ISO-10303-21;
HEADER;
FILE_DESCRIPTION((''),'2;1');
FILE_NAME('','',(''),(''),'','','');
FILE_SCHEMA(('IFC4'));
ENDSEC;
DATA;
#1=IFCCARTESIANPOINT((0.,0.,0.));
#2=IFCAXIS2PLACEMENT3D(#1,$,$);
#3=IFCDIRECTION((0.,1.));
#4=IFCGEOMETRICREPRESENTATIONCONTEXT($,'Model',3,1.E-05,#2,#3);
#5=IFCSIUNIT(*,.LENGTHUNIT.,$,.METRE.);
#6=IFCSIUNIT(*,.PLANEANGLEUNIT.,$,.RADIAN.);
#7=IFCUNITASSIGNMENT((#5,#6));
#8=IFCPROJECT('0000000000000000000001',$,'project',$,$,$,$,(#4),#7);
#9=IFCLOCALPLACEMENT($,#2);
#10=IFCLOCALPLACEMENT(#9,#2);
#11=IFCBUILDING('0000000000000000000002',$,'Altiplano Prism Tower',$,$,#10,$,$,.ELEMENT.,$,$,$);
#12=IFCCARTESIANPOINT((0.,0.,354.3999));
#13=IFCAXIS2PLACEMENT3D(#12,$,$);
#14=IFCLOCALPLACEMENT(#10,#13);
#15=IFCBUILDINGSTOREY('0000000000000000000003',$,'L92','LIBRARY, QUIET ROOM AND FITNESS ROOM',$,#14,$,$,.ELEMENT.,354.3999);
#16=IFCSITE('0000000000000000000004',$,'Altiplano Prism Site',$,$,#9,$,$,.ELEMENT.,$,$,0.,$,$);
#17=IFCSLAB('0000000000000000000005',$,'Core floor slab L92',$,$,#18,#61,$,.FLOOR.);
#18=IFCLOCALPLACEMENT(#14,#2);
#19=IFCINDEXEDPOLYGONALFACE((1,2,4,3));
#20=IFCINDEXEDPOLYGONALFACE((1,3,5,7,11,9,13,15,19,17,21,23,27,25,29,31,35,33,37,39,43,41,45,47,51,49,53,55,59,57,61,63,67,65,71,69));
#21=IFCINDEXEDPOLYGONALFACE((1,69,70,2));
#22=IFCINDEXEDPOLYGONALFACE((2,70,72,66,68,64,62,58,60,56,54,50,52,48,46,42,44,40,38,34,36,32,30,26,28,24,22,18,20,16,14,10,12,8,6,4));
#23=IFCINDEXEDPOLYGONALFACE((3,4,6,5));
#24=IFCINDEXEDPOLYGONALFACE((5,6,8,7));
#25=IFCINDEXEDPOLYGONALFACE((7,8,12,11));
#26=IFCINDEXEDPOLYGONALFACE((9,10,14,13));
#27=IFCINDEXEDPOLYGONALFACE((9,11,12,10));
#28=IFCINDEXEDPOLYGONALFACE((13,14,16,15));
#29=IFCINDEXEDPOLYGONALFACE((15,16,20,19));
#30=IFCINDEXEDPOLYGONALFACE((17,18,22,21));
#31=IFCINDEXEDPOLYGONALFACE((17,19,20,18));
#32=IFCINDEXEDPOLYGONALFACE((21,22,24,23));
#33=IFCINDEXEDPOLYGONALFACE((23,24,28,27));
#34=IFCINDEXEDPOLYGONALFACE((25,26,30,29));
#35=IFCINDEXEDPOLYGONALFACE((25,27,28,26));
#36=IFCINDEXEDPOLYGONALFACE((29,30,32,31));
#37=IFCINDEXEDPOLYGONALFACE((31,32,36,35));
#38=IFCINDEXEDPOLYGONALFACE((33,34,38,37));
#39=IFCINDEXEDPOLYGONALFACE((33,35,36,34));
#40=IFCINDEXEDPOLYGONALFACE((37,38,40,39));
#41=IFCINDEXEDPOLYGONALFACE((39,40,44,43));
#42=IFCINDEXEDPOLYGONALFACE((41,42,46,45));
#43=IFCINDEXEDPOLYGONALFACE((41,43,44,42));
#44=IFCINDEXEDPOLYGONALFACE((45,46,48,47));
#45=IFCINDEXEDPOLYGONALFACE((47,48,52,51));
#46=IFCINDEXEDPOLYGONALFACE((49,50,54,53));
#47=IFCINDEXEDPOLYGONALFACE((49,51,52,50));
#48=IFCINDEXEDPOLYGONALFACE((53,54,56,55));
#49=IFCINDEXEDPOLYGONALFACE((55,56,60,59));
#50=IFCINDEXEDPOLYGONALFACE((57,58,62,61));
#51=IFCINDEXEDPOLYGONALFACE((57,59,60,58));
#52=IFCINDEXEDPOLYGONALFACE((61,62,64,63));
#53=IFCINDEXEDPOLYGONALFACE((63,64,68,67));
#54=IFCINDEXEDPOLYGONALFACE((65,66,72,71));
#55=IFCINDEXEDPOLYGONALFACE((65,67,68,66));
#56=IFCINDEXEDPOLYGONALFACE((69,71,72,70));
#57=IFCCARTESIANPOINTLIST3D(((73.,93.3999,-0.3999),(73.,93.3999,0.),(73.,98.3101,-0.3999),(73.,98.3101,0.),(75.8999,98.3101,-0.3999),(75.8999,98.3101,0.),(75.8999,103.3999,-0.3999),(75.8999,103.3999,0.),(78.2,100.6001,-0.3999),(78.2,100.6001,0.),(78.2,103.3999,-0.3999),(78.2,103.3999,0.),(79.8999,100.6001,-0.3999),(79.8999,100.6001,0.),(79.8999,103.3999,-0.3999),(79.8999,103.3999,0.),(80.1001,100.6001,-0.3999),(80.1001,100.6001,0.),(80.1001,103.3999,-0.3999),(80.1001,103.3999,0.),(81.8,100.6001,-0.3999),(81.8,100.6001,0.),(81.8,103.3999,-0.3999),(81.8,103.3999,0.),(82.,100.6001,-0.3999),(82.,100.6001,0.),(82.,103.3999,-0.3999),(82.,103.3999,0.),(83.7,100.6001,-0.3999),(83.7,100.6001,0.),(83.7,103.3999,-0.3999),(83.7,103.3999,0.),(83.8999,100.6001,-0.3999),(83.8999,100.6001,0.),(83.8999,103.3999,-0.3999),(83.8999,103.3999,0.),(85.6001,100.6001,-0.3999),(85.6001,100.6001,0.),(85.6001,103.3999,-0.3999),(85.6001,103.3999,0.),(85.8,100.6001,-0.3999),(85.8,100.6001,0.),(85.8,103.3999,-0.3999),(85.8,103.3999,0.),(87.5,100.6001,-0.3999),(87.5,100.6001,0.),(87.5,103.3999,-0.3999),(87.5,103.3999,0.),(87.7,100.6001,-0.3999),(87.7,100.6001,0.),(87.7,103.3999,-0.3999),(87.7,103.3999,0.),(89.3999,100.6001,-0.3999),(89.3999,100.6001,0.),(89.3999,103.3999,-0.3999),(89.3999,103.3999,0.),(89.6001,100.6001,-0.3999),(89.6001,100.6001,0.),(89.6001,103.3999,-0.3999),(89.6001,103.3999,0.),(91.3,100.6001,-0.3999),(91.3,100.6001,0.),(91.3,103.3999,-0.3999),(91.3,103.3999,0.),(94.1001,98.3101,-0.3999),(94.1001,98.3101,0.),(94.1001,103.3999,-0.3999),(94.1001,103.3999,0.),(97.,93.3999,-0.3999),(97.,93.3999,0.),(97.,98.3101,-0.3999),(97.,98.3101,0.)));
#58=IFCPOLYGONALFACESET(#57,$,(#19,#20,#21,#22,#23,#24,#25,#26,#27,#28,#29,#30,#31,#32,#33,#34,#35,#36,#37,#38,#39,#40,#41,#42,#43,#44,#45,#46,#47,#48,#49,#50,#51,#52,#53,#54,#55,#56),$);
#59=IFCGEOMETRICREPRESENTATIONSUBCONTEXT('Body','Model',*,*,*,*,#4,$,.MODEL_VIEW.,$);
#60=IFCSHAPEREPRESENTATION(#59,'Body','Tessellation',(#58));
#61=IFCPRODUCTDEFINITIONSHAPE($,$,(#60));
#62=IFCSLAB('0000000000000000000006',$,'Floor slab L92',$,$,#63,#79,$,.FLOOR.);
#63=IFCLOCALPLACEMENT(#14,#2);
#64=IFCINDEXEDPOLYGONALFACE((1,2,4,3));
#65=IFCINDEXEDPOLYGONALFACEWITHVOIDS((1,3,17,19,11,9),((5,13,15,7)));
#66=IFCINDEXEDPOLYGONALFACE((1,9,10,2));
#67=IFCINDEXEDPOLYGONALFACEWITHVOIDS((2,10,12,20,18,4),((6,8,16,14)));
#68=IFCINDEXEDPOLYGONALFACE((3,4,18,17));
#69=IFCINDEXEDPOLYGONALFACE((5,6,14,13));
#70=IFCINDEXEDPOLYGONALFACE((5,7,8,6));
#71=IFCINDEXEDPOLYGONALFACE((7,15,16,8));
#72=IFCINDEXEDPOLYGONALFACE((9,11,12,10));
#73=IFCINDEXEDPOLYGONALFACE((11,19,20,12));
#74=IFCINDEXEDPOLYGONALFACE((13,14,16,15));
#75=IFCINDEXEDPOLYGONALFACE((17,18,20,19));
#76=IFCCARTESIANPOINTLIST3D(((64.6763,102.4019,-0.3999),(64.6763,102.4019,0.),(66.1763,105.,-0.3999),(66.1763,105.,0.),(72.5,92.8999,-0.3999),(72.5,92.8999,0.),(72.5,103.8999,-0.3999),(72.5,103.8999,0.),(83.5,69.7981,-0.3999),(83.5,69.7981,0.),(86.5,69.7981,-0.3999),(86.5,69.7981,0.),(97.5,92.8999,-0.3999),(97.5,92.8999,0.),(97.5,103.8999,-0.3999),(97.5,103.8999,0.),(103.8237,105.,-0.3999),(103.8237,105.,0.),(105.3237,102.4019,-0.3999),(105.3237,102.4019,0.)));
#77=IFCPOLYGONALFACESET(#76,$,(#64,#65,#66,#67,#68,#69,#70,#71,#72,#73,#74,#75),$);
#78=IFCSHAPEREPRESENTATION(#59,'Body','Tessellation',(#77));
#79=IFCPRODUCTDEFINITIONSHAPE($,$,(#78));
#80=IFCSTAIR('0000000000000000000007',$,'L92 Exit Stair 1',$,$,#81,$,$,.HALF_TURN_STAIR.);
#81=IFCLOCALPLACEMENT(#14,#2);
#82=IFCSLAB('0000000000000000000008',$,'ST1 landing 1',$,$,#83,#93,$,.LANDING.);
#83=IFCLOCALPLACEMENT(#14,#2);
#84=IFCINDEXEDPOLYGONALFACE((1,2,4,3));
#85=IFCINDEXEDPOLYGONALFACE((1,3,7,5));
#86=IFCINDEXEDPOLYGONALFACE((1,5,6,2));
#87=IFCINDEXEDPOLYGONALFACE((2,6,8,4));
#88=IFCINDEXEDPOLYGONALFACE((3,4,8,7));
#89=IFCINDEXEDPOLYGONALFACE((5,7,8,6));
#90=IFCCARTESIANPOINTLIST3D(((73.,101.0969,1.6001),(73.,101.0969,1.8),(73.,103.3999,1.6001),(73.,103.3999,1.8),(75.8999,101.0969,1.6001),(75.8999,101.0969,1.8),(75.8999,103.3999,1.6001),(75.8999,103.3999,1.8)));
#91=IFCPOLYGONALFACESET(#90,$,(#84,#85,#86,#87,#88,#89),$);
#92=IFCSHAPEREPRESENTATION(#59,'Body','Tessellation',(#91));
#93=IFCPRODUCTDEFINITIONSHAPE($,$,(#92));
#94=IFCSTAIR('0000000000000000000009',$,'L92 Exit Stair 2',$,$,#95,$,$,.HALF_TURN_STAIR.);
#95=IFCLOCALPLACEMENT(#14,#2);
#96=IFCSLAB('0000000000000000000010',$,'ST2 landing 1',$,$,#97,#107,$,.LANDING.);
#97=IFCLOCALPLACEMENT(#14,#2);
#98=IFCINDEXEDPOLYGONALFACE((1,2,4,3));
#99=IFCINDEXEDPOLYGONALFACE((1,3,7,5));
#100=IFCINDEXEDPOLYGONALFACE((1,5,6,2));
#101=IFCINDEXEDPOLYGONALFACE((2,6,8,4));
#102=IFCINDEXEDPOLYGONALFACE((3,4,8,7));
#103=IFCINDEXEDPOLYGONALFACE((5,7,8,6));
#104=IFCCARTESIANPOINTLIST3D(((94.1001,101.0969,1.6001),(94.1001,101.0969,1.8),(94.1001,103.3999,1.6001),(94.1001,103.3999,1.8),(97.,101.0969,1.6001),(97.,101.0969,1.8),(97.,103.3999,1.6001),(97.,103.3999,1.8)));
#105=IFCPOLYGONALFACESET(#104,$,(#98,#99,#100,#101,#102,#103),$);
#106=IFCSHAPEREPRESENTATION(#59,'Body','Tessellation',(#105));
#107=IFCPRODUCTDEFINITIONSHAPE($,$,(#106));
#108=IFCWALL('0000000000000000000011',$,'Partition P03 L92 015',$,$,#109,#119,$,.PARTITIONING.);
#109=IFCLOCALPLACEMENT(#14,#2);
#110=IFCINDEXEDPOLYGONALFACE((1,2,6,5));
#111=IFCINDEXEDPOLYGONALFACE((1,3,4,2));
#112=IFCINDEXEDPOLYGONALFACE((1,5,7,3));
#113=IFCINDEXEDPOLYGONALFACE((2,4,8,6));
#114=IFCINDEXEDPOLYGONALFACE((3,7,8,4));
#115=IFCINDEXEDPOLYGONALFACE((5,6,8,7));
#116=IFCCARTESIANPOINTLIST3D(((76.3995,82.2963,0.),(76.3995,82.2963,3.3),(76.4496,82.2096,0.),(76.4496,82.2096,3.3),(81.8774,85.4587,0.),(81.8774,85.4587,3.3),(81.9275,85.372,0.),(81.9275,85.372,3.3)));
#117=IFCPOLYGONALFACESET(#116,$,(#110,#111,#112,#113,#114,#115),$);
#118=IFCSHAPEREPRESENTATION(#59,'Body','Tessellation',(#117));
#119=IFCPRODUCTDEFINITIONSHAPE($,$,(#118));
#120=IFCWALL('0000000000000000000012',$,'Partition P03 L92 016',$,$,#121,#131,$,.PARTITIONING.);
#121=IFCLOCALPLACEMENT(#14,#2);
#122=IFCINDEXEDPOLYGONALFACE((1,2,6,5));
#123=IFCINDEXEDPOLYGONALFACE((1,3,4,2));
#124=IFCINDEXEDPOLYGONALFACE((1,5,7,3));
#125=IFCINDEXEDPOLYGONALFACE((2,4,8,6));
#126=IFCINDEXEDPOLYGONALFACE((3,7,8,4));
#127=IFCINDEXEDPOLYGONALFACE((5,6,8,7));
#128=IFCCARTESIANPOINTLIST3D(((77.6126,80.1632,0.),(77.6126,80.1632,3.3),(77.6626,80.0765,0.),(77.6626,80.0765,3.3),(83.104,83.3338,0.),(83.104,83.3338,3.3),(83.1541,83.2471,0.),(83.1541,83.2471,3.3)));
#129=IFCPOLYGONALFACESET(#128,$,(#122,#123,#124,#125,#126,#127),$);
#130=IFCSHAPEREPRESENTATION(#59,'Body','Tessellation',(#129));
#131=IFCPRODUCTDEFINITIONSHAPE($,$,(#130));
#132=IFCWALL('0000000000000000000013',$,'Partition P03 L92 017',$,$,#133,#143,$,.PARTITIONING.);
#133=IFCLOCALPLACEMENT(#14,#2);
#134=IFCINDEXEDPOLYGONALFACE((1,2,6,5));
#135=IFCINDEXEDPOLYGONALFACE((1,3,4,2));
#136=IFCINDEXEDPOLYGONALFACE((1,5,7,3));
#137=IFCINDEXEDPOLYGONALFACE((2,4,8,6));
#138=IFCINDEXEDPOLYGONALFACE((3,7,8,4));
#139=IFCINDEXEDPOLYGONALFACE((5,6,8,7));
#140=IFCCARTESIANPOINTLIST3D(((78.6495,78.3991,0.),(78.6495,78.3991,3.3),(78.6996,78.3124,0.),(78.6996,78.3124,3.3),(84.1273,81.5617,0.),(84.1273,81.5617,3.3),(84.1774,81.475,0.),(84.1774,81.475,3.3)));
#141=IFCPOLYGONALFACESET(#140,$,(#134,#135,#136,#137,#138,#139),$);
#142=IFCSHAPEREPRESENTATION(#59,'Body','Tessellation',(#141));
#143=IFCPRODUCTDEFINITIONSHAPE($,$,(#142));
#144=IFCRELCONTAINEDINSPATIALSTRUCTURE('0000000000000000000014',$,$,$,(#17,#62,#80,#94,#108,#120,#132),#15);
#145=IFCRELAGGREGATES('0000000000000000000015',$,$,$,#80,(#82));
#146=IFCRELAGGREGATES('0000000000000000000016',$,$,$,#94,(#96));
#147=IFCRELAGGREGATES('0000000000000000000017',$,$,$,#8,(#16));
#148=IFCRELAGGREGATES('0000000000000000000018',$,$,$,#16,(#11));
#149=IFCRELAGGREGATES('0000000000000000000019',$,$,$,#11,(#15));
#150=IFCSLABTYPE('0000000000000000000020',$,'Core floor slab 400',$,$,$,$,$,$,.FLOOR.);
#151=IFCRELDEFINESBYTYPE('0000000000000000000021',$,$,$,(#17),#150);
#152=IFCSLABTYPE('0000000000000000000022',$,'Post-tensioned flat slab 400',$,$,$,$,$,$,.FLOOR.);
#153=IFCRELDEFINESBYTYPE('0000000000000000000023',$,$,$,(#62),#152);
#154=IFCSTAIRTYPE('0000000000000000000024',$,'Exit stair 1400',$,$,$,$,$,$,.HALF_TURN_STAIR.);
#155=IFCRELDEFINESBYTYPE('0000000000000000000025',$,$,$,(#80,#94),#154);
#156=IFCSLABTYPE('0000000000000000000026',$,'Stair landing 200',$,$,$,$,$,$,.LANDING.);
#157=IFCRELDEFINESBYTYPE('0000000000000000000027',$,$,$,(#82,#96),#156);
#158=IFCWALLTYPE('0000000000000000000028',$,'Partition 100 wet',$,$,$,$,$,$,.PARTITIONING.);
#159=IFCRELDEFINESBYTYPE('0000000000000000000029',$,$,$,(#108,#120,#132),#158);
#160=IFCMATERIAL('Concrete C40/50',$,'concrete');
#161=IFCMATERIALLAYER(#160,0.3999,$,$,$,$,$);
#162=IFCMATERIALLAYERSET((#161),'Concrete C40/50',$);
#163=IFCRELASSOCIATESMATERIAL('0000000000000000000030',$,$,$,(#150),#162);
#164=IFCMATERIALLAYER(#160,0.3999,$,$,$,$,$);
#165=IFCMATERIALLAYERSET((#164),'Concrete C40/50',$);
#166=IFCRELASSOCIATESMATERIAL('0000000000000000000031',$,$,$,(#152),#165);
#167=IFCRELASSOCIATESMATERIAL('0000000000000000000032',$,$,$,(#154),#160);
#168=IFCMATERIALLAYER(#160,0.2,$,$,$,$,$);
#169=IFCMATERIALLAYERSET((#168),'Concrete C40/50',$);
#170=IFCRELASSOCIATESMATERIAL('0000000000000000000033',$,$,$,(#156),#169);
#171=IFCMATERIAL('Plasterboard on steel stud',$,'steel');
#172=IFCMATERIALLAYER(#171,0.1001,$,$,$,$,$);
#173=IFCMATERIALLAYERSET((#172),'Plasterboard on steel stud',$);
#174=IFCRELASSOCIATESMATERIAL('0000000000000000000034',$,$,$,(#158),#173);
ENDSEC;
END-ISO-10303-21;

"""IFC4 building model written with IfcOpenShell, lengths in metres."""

from ifc_helpers import new_model, si_unit, direction, frame, frame_2d, origin, place, context, subcontext, project, spatial, polyline, rectangle, outline, extrude, material, layer, layer_set, type_object, element, aggregate, save


model = new_model("IFC4")

# Units and contexts
model_context = context("Model", 3, precision=1e-05, world=origin(), true_north=direction((0.0, 1.0)))
body_context = subcontext(model_context, "Body", "Model", "MODEL_VIEW")
ifc_project = project(units=[si_unit("LENGTHUNIT", "METRE"), si_unit("PLANEANGLEUNIT", "RADIAN")], contexts=[model_context])

# Site, building, storey
site_placement = place(None, origin())
site = spatial("IfcSite", under=ifc_project, at=site_placement, Name="Altiplano Prism Site", CompositionType="ELEMENT", RefElevation=0.0)
building_placement = place(site_placement, origin())
building = spatial("IfcBuilding", under=site, at=building_placement, Name="Altiplano Prism Tower", CompositionType="ELEMENT")
storey_placement = place(building_placement, frame((0.0, 0.0, 354.3999)))
storey = spatial("IfcBuildingStorey", under=building, at=storey_placement, Name="L92", Description="LIBRARY, QUIET ROOM AND FITNESS ROOM", CompositionType="ELEMENT", Elevation=354.3999)

# Slabs
ifc_material_1 = material(Name="Concrete C40/50", Category="concrete")
ifc_layer_1 = layer(ifc_material_1, 0.3999)
ifc_layer_set_1 = layer_set([ifc_layer_1], Name="Concrete C40/50")
slab_type_1 = type_object("IfcSlabType", Name="Core floor slab 400", PredefinedType="FLOOR", material=ifc_layer_set_1)
slab_1_placement = place(storey_placement, frame((0.0, 0.0, -0.3999)))
element("IfcSlab", 1, at=slab_1_placement, inside=storey, type_object=slab_type_1, Name="Core floor slab L92", PredefinedType="FLOOR", context=body_context, shape_type="SweptSolid", body=[
    extrude(outline(polyline([(97.0, 98.3101), (94.1001, 98.3101), (94.1001, 103.3999), (91.3, 103.3999), (91.3, 100.6001), (89.6001, 100.6001), (89.6001, 103.3999), (89.3999, 103.3999), (89.3999, 100.6001), (87.7, 100.6001), (87.7, 103.3999), (87.5, 103.3999), (87.5, 100.6001), (85.8, 100.6001), (85.8, 103.3999), (85.6001, 103.3999), (85.6001, 100.6001), (83.8999, 100.6001), (83.8999, 103.3999), (83.7, 103.3999), (83.7, 100.6001), (82.0, 100.6001), (82.0, 103.3999), (81.8, 103.3999), (81.8, 100.6001), (80.1001, 100.6001), (80.1001, 103.3999), (79.8999, 103.3999), (79.8999, 100.6001), (78.2, 100.6001), (78.2, 103.3999), (75.8999, 103.3999), (75.8999, 98.3101), (73.0, 98.3101), (73.0, 93.3999), (97.0, 93.3999), (97.0, 98.3101)])), origin(), (0.0, 0.0, 1.0), 0.3999),
])
ifc_layer_2 = layer(ifc_material_1, 0.3999)
ifc_layer_set_2 = layer_set([ifc_layer_2], Name="Concrete C40/50")
slab_type_2 = type_object("IfcSlabType", Name="Post-tensioned flat slab 400", PredefinedType="FLOOR", material=ifc_layer_set_2)
slab_2_placement = place(storey_placement, frame((0.0, 0.0, -0.3999)))
element("IfcSlab", 2, at=slab_2_placement, inside=storey, type_object=slab_type_2, Name="Floor slab L92", PredefinedType="FLOOR", context=body_context, shape_type="SweptSolid", body=[
    extrude(outline(polyline([(105.3237, 102.4019), (86.5, 69.7981), (83.5, 69.7981), (64.6763, 102.4019), (66.1763, 105.0), (103.8237, 105.0), (105.3237, 102.4019)]), holes=[polyline([(97.5, 92.8999), (97.5, 103.8999), (72.5, 103.8999), (72.5, 92.8999), (97.5, 92.8999)])]), origin(), (0.0, 0.0, 1.0), 0.3999),
])

# Stairs, slabs
stair_type = type_object("IfcStairType", Name="Exit stair 1400", PredefinedType="HALF_TURN_STAIR", material=ifc_material_1)
stair_1_placement = place(storey_placement, origin())
stair_1 = element("IfcStair", 3, at=stair_1_placement, inside=storey, type_object=stair_type, Name="L92 Exit Stair 1", PredefinedType="HALF_TURN_STAIR")
ifc_layer_3 = layer(ifc_material_1, 0.2)
ifc_layer_set_3 = layer_set([ifc_layer_3], Name="Concrete C40/50")
slab_type_3 = type_object("IfcSlabType", Name="Stair landing 200", PredefinedType="LANDING", material=ifc_layer_set_3)
slab_3_placement = place(storey_placement, frame((0.0, 0.0, 1.6001)))
slab_3 = element("IfcSlab", 4, at=slab_3_placement, type_object=slab_type_3, Name="ST1 landing 1", PredefinedType="LANDING", context=body_context, shape_type="SweptSolid", body=[
    extrude(outline(polyline([(75.8999, 101.0969), (75.8999, 103.3999), (73.0, 103.3999), (73.0, 101.0969), (75.8999, 101.0969)])), origin(), (0.0, 0.0, 1.0), 0.2),
])
aggregate(stair_1, [slab_3])
stair_2_placement = place(storey_placement, origin())
stair_2 = element("IfcStair", 5, at=stair_2_placement, inside=storey, type_object=stair_type, Name="L92 Exit Stair 2", PredefinedType="HALF_TURN_STAIR")
slab_4_placement = place(storey_placement, frame((0.0, 0.0, 1.6001)))
slab_4 = element("IfcSlab", 6, at=slab_4_placement, type_object=slab_type_3, Name="ST2 landing 1", PredefinedType="LANDING", context=body_context, shape_type="SweptSolid", body=[
    extrude(outline(polyline([(97.0, 101.0969), (97.0, 103.3999), (94.1001, 103.3999), (94.1001, 101.0969), (97.0, 101.0969)])), origin(), (0.0, 0.0, 1.0), 0.2),
])
aggregate(stair_2, [slab_4])

# Walls
ifc_material_2 = material(Name="Plasterboard on steel stud", Category="steel")
ifc_layer_4 = layer(ifc_material_2, 0.1001)
ifc_layer_set_4 = layer_set([ifc_layer_4], Name="Plasterboard on steel stud")
wall_type = type_object("IfcWallType", Name="Partition 100 wet", PredefinedType="PARTITIONING", material=ifc_layer_set_4)
wall_1_placement = place(storey_placement, frame((76.4246, 82.2529, 0.0), z_axis=(0.0, 0.0, 1.0), x_axis=(0.866042, 0.499971, 0.0)))
element("IfcWall", 7, at=wall_1_placement, inside=storey, type_object=wall_type, Name="Partition P03 L92 015", PredefinedType="PARTITIONING", context=body_context, shape_type="SweptSolid", body=[
    extrude(rectangle(XDim=6.3252, YDim=0.1001, at=frame_2d((3.1626, 0.0))), origin(), (0.0, 0.0, 1.0), 3.3),
])
wall_2_placement = place(storey_placement, frame((77.6377, 80.1199, 0.0), z_axis=(0.0, 0.0, 1.0), x_axis=(0.866014, 0.500019, 0.0)))
element("IfcWall", 8, at=wall_2_placement, inside=storey, type_object=wall_type, Name="Partition P03 L92 016", PredefinedType="PARTITIONING", context=body_context, shape_type="SweptSolid", body=[
    extrude(rectangle(XDim=6.3411, YDim=0.1001, at=frame_2d((3.1704, 0.0))), origin(), (0.0, 0.0, 1.0), 3.3),
])
wall_3_placement = place(storey_placement, frame((78.6746, 78.3557, 0.0), z_axis=(0.0, 0.0, 1.0), x_axis=(0.866026, 0.5, 0.0)))
element("IfcWall", 9, at=wall_3_placement, inside=storey, type_object=wall_type, Name="Partition P03 L92 017", PredefinedType="PARTITIONING", context=body_context, shape_type="SweptSolid", body=[
    extrude(rectangle(XDim=6.3252, YDim=0.1001, at=frame_2d((3.1626, 0.0))), origin(), (0.0, 0.0, 1.0), 3.3),
])

save(model, "model.ifc")
